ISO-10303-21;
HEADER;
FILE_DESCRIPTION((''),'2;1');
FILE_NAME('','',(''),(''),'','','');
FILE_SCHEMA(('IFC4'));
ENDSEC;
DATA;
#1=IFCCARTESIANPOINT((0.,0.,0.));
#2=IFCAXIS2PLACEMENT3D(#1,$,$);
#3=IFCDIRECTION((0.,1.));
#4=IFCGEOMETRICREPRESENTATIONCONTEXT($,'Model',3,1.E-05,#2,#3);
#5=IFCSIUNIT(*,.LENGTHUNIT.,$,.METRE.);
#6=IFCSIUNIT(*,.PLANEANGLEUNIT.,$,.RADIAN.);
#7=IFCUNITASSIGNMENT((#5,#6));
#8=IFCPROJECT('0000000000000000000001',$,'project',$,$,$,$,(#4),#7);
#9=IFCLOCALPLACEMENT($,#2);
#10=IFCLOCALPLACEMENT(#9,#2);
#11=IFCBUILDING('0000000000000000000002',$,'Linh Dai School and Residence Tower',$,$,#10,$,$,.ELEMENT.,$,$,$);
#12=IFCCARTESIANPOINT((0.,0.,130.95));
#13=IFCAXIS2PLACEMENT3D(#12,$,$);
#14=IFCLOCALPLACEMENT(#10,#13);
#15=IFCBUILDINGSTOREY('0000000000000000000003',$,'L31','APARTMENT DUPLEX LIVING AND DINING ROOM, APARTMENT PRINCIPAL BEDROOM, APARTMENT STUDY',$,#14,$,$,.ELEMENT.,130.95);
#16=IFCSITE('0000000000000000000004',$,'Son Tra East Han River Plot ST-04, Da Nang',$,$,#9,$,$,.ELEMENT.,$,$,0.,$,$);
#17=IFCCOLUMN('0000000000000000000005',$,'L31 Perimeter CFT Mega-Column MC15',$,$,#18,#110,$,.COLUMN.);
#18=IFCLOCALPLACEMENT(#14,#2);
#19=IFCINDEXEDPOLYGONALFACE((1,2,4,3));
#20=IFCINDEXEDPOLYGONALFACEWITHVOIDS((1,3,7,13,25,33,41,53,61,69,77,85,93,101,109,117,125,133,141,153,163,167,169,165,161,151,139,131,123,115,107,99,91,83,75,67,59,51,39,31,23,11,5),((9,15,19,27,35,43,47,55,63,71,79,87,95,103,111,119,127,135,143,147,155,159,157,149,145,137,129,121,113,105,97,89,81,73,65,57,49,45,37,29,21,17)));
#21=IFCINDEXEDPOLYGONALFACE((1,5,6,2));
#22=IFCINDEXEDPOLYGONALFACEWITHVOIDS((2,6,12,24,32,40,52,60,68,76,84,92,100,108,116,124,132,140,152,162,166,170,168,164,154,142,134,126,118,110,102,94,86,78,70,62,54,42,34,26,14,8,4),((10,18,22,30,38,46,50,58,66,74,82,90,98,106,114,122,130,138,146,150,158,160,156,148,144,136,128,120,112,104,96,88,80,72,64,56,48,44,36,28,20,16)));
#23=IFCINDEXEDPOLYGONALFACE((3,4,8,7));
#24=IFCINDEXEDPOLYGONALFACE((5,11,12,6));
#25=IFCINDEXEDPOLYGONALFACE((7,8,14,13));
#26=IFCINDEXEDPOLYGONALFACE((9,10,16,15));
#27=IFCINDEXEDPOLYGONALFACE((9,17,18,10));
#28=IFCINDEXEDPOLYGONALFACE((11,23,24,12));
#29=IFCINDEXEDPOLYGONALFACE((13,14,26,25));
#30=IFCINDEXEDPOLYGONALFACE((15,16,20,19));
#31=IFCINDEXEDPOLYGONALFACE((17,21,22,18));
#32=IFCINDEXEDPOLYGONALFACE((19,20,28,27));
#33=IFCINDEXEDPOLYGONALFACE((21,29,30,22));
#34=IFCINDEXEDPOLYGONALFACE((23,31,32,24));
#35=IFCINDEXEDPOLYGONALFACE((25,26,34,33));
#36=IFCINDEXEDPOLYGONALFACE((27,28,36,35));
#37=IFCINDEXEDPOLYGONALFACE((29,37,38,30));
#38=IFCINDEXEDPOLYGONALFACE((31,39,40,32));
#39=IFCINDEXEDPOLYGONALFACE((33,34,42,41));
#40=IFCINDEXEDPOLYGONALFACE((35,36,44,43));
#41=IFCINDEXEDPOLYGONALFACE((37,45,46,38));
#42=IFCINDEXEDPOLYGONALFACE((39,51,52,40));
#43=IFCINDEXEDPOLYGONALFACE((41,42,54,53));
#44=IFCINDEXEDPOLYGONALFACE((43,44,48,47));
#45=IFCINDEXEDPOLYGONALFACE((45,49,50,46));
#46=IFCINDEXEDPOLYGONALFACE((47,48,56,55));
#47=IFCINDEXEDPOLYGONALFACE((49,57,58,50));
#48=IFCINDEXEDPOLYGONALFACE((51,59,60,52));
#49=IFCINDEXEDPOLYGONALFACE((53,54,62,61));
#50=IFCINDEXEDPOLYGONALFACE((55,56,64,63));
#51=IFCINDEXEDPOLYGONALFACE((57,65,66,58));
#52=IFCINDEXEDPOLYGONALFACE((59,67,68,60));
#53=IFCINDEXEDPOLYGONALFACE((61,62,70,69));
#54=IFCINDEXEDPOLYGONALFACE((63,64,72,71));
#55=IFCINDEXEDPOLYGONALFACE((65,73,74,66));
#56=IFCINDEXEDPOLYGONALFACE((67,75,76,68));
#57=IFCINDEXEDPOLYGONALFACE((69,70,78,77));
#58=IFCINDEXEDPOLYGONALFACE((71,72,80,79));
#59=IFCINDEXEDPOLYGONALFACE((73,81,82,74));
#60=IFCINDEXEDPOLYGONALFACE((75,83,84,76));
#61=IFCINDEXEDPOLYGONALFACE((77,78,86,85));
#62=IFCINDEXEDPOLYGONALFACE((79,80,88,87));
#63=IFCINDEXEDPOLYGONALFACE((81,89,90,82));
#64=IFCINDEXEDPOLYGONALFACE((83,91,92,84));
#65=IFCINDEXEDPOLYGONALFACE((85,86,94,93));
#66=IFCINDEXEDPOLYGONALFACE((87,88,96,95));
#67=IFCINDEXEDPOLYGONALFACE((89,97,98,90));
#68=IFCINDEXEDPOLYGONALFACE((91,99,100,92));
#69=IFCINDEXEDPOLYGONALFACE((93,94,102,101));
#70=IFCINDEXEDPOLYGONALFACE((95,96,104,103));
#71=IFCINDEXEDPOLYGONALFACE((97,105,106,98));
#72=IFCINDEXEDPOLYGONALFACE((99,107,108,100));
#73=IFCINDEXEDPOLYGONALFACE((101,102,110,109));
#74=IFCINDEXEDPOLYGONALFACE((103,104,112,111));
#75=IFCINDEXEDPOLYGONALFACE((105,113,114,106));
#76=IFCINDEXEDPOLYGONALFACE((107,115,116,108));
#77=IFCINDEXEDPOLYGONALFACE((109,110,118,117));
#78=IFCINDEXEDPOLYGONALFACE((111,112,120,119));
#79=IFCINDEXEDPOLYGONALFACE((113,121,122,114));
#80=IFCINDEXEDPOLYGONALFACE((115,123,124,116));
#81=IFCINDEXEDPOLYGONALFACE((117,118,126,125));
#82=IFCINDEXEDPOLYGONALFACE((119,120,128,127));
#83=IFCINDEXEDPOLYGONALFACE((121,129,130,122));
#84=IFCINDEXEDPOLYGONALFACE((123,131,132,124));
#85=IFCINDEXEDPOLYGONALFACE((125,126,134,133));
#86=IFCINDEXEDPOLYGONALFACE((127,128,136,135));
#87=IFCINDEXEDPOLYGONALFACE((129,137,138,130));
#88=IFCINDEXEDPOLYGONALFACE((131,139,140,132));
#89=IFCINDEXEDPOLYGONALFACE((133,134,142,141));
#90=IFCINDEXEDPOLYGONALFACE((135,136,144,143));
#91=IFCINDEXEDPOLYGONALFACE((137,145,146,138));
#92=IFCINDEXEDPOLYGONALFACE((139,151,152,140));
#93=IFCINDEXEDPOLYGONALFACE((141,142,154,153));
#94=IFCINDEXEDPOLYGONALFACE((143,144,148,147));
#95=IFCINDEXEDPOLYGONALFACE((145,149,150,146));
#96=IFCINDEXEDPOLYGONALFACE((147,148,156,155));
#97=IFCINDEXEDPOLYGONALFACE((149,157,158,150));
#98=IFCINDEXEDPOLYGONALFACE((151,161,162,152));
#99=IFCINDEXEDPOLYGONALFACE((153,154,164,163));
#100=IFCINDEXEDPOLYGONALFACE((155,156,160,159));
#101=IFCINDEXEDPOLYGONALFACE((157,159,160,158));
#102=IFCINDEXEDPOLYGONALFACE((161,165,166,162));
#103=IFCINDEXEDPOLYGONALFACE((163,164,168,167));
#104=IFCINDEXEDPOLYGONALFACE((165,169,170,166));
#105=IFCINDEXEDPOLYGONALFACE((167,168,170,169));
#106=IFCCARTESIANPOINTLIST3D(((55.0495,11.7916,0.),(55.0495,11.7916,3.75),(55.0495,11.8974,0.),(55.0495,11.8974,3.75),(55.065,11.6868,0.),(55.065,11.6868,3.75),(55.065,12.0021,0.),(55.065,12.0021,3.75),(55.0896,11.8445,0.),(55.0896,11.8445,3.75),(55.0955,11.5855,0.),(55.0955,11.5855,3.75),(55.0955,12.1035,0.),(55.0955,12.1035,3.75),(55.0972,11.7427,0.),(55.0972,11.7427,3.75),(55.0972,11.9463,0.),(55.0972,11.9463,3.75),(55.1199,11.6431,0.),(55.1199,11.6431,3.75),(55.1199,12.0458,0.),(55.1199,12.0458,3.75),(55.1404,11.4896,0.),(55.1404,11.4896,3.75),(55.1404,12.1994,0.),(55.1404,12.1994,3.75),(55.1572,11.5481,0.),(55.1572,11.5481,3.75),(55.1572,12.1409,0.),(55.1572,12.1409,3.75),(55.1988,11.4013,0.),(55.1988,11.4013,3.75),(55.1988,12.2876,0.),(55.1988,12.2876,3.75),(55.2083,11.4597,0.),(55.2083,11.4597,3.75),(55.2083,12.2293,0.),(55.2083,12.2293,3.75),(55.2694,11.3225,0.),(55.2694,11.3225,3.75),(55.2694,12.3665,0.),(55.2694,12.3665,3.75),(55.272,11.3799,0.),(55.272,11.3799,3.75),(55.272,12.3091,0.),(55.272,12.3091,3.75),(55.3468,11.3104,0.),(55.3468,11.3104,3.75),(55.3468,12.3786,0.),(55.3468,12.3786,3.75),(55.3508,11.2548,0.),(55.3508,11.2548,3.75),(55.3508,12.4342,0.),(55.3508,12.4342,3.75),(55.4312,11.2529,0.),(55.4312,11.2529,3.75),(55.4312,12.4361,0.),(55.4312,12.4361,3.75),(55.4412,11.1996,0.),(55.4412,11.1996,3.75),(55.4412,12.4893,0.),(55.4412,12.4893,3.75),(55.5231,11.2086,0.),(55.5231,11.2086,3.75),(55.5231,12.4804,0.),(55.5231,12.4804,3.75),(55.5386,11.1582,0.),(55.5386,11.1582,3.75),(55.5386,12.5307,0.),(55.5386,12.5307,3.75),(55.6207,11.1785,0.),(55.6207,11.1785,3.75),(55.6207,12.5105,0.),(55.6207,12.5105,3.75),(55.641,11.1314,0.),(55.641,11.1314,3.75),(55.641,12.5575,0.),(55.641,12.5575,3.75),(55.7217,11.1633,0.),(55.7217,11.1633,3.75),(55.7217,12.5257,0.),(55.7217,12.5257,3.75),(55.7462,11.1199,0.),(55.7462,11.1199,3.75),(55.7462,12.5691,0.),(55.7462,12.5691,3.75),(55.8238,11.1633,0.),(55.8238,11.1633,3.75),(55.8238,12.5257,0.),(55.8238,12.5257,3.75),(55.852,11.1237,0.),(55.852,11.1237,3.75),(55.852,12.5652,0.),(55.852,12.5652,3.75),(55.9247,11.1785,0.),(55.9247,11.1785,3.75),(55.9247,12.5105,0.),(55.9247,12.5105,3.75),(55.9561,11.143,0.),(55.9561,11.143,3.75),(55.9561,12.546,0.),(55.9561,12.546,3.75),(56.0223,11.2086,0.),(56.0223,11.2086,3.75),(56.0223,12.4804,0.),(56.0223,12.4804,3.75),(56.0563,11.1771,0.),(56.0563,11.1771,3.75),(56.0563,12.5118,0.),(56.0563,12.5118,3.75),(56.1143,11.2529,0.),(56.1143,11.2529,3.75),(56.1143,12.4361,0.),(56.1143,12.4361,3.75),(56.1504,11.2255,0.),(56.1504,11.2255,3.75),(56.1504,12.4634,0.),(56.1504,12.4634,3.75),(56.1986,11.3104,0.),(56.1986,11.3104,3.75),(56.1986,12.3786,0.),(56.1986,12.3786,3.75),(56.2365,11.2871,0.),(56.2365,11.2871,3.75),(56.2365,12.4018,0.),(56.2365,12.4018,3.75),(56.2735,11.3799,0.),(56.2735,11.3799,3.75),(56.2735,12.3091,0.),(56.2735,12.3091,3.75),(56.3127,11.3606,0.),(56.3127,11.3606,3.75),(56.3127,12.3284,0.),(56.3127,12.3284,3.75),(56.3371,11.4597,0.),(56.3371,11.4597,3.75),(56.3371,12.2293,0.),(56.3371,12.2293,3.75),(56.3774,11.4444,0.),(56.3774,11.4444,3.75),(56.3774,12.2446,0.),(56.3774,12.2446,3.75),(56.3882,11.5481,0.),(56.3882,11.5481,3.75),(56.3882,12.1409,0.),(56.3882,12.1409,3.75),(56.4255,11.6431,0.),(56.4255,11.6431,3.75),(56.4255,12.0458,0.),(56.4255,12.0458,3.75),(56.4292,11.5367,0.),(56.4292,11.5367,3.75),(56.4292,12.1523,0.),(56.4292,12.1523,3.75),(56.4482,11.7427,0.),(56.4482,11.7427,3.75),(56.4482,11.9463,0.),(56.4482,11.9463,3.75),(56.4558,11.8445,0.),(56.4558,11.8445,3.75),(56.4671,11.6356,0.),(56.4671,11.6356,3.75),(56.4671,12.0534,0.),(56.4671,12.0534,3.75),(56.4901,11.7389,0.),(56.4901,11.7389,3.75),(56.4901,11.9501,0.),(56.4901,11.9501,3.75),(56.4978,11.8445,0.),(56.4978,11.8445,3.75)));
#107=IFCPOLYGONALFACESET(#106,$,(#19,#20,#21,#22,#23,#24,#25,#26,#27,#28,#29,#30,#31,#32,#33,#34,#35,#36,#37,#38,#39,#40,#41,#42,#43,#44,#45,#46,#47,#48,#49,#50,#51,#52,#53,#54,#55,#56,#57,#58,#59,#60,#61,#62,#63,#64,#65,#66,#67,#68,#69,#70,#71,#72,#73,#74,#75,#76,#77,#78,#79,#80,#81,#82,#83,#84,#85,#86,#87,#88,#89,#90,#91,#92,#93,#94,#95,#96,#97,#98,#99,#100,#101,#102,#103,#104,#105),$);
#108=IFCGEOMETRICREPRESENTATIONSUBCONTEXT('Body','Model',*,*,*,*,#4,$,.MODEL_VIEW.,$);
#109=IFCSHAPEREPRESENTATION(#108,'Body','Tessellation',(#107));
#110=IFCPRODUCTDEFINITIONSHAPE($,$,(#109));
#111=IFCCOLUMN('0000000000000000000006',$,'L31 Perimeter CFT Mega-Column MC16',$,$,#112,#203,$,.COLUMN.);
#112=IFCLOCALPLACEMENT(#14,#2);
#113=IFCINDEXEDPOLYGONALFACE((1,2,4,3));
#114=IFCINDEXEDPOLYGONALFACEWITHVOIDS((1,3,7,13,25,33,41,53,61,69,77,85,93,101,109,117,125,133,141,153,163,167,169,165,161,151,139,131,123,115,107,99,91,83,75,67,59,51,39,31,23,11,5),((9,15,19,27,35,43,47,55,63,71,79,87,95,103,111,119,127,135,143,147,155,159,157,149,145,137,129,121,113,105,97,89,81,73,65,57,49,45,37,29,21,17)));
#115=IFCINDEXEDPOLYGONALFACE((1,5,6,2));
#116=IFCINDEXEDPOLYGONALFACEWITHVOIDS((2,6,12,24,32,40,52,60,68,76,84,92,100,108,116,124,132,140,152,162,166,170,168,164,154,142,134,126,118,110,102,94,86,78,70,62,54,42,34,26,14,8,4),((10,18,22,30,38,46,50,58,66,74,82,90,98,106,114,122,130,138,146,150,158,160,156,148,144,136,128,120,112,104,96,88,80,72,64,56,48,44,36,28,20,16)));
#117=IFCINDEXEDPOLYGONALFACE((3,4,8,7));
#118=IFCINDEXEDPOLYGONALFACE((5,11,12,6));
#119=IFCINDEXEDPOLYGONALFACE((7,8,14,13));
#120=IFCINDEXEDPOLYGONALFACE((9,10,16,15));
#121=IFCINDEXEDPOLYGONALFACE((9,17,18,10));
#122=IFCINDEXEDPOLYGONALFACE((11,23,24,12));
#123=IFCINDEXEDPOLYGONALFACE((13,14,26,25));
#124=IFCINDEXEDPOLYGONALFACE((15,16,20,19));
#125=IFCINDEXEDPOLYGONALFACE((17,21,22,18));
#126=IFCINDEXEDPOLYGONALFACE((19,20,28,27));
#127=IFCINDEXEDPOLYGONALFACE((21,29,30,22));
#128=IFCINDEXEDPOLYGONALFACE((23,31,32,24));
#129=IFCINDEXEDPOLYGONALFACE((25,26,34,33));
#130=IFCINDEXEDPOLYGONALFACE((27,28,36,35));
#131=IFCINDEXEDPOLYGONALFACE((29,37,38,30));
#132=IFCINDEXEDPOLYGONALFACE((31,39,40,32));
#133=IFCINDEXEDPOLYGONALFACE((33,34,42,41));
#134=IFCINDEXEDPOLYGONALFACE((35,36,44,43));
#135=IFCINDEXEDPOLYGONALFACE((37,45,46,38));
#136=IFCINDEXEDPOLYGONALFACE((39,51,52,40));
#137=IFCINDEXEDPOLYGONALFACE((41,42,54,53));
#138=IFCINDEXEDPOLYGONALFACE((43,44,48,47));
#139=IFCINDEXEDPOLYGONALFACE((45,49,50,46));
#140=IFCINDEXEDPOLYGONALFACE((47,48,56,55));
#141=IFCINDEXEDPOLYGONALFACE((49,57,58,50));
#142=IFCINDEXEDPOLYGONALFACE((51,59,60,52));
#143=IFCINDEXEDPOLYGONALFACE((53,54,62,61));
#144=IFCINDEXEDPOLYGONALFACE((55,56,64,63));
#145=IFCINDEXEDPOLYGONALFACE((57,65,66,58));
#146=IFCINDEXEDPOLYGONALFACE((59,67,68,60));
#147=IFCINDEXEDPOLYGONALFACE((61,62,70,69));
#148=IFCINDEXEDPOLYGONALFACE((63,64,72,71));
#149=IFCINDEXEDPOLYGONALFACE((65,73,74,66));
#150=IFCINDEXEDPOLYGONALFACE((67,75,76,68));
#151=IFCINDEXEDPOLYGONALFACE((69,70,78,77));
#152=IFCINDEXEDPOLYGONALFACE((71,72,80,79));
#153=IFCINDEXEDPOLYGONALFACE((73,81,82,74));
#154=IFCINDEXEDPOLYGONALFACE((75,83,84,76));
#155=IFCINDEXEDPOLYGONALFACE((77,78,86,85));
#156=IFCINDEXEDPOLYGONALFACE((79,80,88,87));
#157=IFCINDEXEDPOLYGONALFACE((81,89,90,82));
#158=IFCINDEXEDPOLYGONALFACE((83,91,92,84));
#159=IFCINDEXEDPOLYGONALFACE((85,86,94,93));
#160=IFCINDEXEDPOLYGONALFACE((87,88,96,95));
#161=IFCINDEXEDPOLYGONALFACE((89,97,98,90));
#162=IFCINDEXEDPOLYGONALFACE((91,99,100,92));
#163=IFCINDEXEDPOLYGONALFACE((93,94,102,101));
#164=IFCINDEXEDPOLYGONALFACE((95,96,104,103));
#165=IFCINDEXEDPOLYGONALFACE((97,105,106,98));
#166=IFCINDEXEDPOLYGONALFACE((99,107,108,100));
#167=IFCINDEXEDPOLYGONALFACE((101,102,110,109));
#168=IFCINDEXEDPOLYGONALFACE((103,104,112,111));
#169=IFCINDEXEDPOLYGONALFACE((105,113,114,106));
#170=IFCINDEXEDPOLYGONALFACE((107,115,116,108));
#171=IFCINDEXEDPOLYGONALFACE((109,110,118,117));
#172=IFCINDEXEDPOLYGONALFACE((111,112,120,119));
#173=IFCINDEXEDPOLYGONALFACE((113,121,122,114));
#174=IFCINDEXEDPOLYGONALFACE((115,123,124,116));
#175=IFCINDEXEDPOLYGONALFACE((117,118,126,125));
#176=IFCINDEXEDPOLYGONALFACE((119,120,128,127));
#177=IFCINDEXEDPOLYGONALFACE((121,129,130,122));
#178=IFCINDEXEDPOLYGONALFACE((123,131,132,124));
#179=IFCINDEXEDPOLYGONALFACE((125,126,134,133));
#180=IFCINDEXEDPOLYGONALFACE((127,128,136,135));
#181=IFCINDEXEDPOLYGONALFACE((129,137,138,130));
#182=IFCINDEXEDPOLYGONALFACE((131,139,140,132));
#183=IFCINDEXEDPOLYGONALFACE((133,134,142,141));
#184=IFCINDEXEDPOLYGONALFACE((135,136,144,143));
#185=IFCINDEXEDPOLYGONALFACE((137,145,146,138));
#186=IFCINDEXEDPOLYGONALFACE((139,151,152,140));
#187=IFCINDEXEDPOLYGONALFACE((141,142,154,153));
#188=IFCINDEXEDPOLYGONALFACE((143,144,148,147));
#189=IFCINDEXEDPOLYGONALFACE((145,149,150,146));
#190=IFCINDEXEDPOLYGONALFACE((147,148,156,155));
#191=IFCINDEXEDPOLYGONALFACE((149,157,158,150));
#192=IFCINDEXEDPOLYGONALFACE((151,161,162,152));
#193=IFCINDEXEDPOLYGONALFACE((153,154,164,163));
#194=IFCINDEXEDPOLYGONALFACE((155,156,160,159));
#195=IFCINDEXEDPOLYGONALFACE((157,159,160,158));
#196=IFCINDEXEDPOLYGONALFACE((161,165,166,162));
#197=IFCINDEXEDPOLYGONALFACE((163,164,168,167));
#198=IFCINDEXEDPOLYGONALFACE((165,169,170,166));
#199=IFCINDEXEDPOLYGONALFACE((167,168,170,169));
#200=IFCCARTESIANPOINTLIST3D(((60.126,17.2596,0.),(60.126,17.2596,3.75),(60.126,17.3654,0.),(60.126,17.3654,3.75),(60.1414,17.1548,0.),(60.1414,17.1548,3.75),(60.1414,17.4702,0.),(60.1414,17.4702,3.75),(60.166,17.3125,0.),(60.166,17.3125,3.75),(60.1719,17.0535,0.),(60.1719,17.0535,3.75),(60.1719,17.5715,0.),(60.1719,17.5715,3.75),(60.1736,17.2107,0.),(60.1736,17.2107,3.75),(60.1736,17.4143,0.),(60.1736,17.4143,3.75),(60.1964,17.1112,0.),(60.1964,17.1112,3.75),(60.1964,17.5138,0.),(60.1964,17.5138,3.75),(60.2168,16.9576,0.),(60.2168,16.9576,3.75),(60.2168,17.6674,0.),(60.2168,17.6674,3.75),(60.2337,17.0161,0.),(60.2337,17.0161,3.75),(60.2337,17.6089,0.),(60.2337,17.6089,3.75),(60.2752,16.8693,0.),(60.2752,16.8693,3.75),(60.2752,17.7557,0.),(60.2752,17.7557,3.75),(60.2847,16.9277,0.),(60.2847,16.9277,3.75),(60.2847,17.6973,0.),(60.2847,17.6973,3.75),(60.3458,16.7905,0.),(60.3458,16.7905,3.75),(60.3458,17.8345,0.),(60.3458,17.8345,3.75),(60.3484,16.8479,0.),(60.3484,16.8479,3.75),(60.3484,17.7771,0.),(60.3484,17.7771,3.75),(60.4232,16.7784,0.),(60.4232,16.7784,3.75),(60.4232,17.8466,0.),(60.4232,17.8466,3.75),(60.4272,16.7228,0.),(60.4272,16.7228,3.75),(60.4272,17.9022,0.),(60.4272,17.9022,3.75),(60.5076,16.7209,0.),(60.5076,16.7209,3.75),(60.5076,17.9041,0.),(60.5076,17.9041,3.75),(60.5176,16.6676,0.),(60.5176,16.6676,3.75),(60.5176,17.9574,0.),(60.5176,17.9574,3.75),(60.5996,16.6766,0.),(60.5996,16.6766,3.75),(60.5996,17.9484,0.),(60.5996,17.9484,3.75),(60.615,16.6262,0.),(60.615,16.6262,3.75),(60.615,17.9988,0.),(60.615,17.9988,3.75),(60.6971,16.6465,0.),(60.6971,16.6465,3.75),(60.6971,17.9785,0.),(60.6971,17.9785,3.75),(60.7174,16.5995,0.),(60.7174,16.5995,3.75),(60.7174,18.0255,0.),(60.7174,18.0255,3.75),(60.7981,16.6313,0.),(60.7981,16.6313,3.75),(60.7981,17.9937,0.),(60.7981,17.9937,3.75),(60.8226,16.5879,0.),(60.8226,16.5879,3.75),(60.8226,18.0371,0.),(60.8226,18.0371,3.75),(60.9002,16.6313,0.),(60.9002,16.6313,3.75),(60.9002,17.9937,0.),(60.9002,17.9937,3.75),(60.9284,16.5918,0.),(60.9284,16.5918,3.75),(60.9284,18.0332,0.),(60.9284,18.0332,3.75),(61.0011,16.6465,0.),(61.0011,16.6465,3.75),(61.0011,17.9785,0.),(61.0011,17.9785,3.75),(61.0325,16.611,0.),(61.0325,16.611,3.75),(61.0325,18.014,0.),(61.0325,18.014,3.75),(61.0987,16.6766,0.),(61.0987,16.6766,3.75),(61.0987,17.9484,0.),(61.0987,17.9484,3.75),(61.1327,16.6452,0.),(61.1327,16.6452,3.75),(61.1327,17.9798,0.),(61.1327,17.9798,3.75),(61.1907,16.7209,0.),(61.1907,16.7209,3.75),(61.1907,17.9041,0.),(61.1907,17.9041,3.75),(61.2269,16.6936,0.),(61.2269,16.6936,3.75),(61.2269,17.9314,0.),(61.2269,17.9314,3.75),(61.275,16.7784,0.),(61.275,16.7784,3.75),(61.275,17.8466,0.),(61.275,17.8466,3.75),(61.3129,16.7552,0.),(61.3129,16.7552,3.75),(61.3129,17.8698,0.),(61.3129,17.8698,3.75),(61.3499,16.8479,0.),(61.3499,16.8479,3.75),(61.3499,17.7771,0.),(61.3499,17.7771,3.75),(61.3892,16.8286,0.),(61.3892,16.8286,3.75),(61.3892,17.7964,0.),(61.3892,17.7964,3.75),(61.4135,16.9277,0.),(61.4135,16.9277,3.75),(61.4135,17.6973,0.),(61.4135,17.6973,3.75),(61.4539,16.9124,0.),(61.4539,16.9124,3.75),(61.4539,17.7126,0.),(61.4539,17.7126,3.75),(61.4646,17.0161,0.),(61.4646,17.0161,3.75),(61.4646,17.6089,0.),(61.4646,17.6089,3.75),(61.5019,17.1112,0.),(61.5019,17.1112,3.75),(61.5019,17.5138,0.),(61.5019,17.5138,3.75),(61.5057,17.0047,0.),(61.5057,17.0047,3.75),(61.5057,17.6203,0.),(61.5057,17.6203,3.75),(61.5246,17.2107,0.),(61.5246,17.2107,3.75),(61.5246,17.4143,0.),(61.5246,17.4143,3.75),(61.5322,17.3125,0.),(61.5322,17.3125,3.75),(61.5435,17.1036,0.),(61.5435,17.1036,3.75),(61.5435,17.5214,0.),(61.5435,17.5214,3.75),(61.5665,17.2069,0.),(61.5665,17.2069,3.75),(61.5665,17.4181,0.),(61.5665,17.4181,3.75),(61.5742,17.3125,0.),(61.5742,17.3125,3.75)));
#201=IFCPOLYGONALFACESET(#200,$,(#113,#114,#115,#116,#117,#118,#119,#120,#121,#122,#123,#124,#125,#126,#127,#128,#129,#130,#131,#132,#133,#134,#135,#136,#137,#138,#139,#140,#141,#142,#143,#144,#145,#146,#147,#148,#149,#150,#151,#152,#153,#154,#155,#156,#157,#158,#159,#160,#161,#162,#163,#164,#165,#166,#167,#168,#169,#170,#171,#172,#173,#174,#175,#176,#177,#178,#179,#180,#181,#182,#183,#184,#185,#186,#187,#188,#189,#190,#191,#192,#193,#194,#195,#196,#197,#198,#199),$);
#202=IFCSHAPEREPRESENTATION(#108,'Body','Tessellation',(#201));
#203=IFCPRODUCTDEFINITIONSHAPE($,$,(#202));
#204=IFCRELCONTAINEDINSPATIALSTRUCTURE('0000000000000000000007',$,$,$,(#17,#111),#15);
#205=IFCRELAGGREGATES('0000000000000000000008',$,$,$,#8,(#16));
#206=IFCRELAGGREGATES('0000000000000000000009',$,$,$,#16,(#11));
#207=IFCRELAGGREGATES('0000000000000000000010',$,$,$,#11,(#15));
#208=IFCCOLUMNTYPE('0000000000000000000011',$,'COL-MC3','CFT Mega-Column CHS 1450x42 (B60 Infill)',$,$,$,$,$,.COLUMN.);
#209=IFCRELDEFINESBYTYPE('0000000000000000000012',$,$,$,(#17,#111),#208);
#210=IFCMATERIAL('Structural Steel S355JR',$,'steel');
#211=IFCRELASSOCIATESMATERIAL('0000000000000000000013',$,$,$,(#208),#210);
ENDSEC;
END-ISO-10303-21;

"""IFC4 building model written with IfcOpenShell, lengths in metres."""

from ifc_helpers import new_model, si_unit, direction, frame, origin, origin_2d, place, context, subcontext, project, spatial, hollow_circle, extrude, material, material_profile, profile_set, type_object, element, save


model = new_model("IFC4")

# Units and contexts
model_context = context("Model", 3, precision=1e-05, world=origin(), true_north=direction((0.0, 1.0)))
body_context = subcontext(model_context, "Body", "Model", "MODEL_VIEW")
ifc_project = project(units=[si_unit("LENGTHUNIT", "METRE"), si_unit("PLANEANGLEUNIT", "RADIAN")], contexts=[model_context])

# Site, building, storey
site_placement = place(None, origin())
site = spatial("IfcSite", under=ifc_project, at=site_placement, Name="Son Tra East Han River Plot ST-04, Da Nang", CompositionType="ELEMENT", RefElevation=0.0)
building_placement = place(site_placement, origin())
building = spatial("IfcBuilding", under=site, at=building_placement, Name="Linh Dai School and Residence Tower", CompositionType="ELEMENT")
storey_placement = place(building_placement, frame((0.0, 0.0, 130.95)))
storey = spatial("IfcBuildingStorey", under=building, at=storey_placement, Name="L31", Description="APARTMENT DUPLEX LIVING AND DINING ROOM, APARTMENT PRINCIPAL BEDROOM, APARTMENT STUDY", CompositionType="ELEMENT", Elevation=130.95)

# Columns
ifc_material_1 = material(Name="Structural Steel S355JR", Category="steel")
ifc_material_profile_1 = material_profile(ifc_material_1, hollow_circle(Radius=0.7251, WallThickness=0.042, at=origin_2d()), Name="CHS 1450x42")
ifc_profile_set_1 = profile_set([ifc_material_profile_1], Name="Structural Steel S355JR")
column_type = type_object("IfcColumnType", Name="COL-MC3", Description="CFT Mega-Column CHS 1450x42 (B60 Infill)", PredefinedType="COLUMN", material=ifc_profile_set_1)
for number, where, z_axis, x_axis, name in (
    (1, (55.7727, 11.8445, 0.0), (0.0, 0.0, 1.0), (1.0, 0.0, 0.0), "L31 Perimeter CFT Mega-Column MC15"),
    (2, (60.8491, 17.3125, 0.0), (0.0, 0.0, 1.0), (1.0, 0.0, 0.0), "L31 Perimeter CFT Mega-Column MC16"),
):
    element("IfcColumn", number, at=place(storey_placement, frame(where, z_axis=z_axis, x_axis=x_axis)), inside=storey, type_object=column_type, Name=name, PredefinedType="COLUMN", context=body_context, shape_type="SweptSolid", body=[
        extrude(hollow_circle(Radius=0.7251, WallThickness=0.042, at=origin_2d()), origin(), (0.0, 0.0, 1.0), 3.75),
    ])

save(model, "model.ifc")
